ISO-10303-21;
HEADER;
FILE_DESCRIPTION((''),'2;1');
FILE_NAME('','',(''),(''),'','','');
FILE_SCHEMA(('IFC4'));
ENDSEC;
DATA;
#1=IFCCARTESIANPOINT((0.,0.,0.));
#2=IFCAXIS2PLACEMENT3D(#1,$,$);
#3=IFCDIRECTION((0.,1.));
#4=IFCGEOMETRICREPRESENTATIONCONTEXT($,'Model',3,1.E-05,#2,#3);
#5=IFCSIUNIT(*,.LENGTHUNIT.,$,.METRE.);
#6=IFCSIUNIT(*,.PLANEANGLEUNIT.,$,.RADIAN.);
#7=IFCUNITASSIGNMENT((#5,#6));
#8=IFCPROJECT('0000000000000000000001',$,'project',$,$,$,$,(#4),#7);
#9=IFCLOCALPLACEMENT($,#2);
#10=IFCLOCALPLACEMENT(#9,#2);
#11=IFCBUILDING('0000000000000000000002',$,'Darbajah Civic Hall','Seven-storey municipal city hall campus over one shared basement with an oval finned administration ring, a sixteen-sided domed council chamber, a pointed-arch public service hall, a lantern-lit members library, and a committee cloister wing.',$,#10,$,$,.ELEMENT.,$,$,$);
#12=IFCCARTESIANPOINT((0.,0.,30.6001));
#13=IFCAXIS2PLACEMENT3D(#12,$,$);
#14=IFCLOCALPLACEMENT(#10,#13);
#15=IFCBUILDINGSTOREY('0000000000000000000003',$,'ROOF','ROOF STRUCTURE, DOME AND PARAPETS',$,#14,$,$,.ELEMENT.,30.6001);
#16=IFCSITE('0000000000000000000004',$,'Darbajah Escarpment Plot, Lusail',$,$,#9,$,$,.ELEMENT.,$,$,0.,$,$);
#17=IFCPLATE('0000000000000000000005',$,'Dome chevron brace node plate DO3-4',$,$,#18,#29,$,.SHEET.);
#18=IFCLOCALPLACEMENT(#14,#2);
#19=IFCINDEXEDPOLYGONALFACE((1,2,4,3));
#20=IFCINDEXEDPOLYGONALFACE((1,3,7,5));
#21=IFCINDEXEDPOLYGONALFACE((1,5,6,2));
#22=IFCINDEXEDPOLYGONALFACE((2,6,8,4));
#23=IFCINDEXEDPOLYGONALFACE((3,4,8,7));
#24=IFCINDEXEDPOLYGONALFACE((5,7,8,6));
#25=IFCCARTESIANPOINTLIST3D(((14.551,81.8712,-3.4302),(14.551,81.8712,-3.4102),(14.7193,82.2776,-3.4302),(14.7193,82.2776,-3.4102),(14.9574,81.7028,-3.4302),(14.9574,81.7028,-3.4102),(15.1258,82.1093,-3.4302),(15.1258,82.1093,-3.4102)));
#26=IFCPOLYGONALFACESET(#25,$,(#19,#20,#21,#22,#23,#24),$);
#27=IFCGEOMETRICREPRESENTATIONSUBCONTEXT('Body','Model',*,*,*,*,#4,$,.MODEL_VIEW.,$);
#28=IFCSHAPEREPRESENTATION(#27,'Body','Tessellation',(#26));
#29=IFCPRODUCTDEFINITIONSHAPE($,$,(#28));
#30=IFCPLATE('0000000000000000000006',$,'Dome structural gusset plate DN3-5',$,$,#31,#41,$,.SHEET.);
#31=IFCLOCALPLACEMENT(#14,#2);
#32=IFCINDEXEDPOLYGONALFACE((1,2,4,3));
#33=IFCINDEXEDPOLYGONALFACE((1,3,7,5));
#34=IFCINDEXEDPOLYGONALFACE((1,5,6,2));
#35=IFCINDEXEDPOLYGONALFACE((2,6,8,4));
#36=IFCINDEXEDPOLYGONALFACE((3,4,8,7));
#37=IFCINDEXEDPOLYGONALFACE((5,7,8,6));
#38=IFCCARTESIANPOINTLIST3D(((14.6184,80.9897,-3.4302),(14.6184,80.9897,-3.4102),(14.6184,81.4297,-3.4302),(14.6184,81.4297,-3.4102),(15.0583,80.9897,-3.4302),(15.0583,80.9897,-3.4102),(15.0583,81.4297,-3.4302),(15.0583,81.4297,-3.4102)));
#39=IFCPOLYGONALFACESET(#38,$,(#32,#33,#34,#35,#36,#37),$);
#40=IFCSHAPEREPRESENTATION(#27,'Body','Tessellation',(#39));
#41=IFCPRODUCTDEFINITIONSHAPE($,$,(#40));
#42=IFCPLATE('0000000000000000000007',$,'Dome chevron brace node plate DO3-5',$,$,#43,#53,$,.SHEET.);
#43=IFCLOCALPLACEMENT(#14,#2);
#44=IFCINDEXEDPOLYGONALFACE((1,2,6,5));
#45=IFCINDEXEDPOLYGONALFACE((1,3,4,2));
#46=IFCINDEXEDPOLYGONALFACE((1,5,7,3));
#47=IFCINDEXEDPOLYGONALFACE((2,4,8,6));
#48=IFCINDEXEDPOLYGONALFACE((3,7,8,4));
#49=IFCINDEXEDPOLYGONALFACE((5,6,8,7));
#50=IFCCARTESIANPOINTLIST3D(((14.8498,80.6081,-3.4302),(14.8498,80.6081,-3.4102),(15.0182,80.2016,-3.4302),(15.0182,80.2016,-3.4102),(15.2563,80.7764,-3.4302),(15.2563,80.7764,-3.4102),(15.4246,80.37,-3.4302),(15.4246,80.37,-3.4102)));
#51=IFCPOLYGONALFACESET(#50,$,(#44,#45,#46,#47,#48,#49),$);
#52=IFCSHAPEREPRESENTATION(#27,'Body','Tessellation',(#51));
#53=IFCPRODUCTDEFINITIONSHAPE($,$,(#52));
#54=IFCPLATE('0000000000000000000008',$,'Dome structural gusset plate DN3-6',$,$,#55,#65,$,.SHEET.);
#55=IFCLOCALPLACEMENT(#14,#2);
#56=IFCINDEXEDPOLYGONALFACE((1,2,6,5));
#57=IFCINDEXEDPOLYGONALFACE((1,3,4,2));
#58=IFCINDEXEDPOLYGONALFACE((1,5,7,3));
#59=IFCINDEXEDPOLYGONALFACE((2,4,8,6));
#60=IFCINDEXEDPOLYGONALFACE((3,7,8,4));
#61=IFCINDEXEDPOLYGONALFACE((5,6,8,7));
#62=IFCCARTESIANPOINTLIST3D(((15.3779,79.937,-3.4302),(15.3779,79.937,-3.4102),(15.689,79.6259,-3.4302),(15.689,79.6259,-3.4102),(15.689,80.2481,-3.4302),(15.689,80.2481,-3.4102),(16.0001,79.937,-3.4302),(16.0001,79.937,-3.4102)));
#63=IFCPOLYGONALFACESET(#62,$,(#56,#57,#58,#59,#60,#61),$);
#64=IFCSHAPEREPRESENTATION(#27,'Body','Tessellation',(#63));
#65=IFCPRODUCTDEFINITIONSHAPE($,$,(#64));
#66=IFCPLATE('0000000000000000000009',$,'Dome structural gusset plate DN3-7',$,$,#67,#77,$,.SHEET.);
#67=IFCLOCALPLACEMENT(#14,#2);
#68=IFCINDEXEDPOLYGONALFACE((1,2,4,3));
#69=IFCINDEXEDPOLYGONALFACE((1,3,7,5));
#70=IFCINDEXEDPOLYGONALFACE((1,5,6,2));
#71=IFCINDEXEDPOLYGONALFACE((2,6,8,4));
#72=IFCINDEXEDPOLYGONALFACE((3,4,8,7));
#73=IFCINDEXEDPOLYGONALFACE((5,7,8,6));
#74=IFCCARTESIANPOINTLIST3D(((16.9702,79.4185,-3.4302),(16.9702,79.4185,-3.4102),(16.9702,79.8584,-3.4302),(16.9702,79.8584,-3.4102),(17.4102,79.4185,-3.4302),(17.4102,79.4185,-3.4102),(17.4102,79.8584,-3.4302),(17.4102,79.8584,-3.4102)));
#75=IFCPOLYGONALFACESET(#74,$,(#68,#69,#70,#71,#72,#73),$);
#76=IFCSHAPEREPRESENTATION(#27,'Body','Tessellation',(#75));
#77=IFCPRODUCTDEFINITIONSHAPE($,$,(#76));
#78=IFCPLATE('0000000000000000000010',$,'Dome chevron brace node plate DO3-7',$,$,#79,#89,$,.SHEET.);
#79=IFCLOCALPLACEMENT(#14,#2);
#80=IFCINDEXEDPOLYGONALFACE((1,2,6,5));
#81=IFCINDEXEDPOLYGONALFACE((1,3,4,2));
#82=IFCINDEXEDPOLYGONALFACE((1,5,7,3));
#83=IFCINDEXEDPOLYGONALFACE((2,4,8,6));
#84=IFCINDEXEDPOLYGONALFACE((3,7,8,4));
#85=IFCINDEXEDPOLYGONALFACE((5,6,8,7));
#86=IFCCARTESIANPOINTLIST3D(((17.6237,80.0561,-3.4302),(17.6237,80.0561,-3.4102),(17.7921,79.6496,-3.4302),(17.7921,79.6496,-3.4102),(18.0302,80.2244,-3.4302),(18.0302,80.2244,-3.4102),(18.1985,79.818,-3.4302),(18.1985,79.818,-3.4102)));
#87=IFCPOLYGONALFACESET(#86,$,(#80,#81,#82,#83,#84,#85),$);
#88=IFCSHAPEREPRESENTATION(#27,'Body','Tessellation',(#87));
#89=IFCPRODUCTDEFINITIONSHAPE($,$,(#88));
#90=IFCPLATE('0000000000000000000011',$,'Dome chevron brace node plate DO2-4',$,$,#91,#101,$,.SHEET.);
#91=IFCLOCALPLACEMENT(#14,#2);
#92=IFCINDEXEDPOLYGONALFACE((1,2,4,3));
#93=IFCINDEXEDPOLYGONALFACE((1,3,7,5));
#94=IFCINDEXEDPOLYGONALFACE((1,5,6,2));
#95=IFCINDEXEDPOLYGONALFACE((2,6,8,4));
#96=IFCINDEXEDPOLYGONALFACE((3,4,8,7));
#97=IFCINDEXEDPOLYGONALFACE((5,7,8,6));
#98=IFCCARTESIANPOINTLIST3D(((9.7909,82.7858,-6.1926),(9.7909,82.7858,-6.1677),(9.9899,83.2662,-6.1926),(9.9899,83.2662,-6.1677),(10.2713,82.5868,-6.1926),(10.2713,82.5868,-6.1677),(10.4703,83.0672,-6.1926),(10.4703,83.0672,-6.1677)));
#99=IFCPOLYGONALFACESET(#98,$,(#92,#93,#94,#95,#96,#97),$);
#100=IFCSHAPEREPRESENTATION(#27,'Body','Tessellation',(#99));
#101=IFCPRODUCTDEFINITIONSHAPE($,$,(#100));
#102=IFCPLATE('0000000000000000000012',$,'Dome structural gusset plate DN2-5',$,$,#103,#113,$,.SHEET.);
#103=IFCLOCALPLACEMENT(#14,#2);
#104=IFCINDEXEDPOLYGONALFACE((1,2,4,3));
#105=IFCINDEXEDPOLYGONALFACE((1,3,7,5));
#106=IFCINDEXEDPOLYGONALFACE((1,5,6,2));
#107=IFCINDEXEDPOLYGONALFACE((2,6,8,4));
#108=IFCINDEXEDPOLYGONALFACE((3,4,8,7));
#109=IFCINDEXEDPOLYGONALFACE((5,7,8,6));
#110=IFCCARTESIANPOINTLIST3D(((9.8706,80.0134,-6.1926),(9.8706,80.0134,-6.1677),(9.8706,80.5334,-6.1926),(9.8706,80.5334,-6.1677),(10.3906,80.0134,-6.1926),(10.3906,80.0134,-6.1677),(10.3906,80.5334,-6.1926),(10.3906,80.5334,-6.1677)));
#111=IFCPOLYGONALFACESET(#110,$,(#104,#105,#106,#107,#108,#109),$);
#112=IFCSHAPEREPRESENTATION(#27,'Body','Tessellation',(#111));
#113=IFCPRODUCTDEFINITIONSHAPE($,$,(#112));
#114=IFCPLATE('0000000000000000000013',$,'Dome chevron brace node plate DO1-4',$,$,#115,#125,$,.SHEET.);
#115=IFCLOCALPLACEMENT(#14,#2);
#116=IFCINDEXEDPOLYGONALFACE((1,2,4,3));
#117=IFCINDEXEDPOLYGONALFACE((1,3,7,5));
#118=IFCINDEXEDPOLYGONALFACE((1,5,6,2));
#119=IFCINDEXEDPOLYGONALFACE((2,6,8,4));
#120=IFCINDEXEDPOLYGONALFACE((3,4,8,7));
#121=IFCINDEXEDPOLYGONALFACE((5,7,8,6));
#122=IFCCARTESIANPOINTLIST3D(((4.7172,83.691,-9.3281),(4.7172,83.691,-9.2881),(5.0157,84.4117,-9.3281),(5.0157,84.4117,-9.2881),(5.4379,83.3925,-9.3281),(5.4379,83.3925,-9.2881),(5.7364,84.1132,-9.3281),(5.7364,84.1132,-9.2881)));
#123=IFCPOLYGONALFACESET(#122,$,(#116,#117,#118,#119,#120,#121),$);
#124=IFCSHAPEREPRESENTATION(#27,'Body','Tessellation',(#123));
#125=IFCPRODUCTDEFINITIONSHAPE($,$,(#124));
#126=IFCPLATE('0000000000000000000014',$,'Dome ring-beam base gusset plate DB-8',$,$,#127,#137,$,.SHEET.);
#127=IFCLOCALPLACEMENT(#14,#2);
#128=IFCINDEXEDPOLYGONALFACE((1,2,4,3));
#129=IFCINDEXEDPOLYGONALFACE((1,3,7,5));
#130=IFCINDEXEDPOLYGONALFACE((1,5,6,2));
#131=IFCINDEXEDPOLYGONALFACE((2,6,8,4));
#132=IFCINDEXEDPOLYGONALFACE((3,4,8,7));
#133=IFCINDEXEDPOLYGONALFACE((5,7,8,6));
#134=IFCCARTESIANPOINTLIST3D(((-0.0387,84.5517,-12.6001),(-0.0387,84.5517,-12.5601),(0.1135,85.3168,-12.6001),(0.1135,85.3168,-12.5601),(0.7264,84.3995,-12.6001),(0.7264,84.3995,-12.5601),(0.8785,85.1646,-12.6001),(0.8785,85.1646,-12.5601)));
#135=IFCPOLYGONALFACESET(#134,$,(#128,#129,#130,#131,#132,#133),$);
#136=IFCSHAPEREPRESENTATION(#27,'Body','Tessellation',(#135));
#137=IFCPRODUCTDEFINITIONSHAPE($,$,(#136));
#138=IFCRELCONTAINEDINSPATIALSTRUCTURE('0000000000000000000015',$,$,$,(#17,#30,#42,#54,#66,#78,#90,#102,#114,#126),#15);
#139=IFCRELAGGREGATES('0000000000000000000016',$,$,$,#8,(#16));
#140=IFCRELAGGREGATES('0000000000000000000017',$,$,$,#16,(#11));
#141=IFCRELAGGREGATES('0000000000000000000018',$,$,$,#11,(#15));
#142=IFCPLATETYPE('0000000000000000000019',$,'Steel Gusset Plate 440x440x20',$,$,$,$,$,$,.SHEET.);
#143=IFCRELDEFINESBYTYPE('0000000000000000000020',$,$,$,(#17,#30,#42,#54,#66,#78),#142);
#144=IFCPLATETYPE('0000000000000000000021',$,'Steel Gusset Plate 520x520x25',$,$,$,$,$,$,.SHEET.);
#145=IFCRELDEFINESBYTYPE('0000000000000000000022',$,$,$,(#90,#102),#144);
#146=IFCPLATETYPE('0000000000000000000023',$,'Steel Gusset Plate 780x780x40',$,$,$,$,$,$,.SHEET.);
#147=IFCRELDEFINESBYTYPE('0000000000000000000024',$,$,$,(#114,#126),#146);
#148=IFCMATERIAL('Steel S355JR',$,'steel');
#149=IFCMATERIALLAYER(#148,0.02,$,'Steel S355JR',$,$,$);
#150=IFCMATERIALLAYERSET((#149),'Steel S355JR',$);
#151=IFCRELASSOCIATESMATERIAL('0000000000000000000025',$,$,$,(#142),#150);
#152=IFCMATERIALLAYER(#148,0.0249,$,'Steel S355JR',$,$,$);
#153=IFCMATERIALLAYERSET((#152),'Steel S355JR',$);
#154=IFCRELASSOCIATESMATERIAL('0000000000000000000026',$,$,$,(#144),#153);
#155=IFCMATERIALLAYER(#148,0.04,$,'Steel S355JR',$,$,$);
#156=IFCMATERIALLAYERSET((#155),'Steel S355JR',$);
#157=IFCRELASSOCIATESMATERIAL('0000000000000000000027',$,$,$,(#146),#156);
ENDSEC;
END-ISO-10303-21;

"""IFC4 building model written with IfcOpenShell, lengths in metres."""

from ifc_helpers import new_model, si_unit, direction, frame, origin, origin_2d, place, context, subcontext, project, spatial, rectangle, extrude, material, layer, layer_set, type_object, element, save


model = new_model("IFC4")

# Units and contexts
model_context = context("Model", 3, precision=1e-05, world=origin(), true_north=direction((0.0, 1.0)))
body_context = subcontext(model_context, "Body", "Model", "MODEL_VIEW")
ifc_project = project(units=[si_unit("LENGTHUNIT", "METRE"), si_unit("PLANEANGLEUNIT", "RADIAN")], contexts=[model_context])

# Site, building, storey
site_placement = place(None, origin())
site = spatial("IfcSite", under=ifc_project, at=site_placement, Name="Darbajah Escarpment Plot, Lusail", CompositionType="ELEMENT", RefElevation=0.0)
building_placement = place(site_placement, origin())
building = spatial("IfcBuilding", under=site, at=building_placement, Name="Darbajah Civic Hall", Description="Seven-storey municipal city hall campus over one shared basement with an oval finned administration ring, a sixteen-sided domed council chamber, a pointed-arch public service hall, a lantern-lit members library, and a committee cloister wing.", CompositionType="ELEMENT")
storey_placement = place(building_placement, frame((0.0, 0.0, 30.6001)))
storey = spatial("IfcBuildingStorey", under=building, at=storey_placement, Name="ROOF", Description="ROOF STRUCTURE, DOME AND PARAPETS", CompositionType="ELEMENT", Elevation=30.6001)

# Shared definitions
ifc_material = material(Name="Steel S355JR", Category="steel")

# Plates
ifc_layer_1 = layer(ifc_material, 0.02, Name="Steel S355JR")
ifc_layer_set_1 = layer_set([ifc_layer_1], Name="Steel S355JR")
plate_type_1 = type_object("IfcPlateType", Name="Steel Gusset Plate 440x440x20", PredefinedType="SHEET", material=ifc_layer_set_1)
for number, where, z_axis, x_axis, name in (
    (1, (14.8384, 81.9902, -3.4302), (0.0, 0.0, 1.0), (-0.92388, 0.382683, 0.0), "Dome chevron brace node plate DO3-4"),
    (2, (14.8384, 81.2097, -3.4302), (0.0, 0.0, 1.0), (-1.0, 0.0, 0.0), "Dome structural gusset plate DN3-5"),
    (3, (15.1372, 80.489, -3.4302), (0.0, 0.0, 1.0), (-0.92388, -0.382683, 0.0), "Dome chevron brace node plate DO3-5"),
    (4, (15.689, 79.937, -3.4302), (0.0, 0.0, 1.0), (-0.707107, -0.707107, 0.0), "Dome structural gusset plate DN3-6"),
    (5, (17.1902, 79.6384, -3.4302), (0.0, 0.0, 1.0), (0.0, -1.0, 0.0), "Dome structural gusset plate DN3-7"),
    (6, (17.9111, 79.937, -3.4302), (0.0, 0.0, 1.0), (0.382683, -0.92388, 0.0), "Dome chevron brace node plate DO3-7"),
):
    element("IfcPlate", number, at=place(storey_placement, frame(where, z_axis=z_axis, x_axis=x_axis)), inside=storey, type_object=plate_type_1, Name=name, PredefinedType="SHEET", context=body_context, shape_type="SweptSolid", body=[
        extrude(rectangle(XDim=0.4399, YDim=0.4399, at=origin_2d()), origin(), (0.0, 0.0, 1.0), 0.02),
    ])
ifc_layer_2 = layer(ifc_material, 0.0249, Name="Steel S355JR")
ifc_layer_set_2 = layer_set([ifc_layer_2], Name="Steel S355JR")
plate_type_2 = type_object("IfcPlateType", Name="Steel Gusset Plate 520x520x25", PredefinedType="SHEET", material=ifc_layer_set_2)
for number, where, z_axis, x_axis, name in (
    (7, (10.1306, 82.9265, -6.1926), (0.0, 0.0, 1.0), (-0.92388, 0.382683, 0.0), "Dome chevron brace node plate DO2-4"),
    (8, (10.1306, 80.2734, -6.1926), (0.0, 0.0, 1.0), (-1.0, 0.0, 0.0), "Dome structural gusset plate DN2-5"),
):
    element("IfcPlate", number, at=place(storey_placement, frame(where, z_axis=z_axis, x_axis=x_axis)), inside=storey, type_object=plate_type_2, Name=name, PredefinedType="SHEET", context=body_context, shape_type="SweptSolid", body=[
        extrude(rectangle(XDim=0.52, YDim=0.52, at=origin_2d()), origin(), (0.0, 0.0, 1.0), 0.0249),
    ])
ifc_layer_3 = layer(ifc_material, 0.04, Name="Steel S355JR")
ifc_layer_set_3 = layer_set([ifc_layer_3], Name="Steel S355JR")
plate_type_3 = type_object("IfcPlateType", Name="Steel Gusset Plate 780x780x40", PredefinedType="SHEET", material=ifc_layer_set_3)
for number, where, z_axis, x_axis, name in (
    (9, (5.2268, 83.9021, -9.3281), (0.0, 0.0, 1.0), (-0.92388, 0.382683, 0.0), "Dome chevron brace node plate DO1-4"),
    (10, (0.4199, 84.8582, -12.6001), (0.0, 0.0, 1.0), (-0.980785, 0.19509, 0.0), "Dome ring-beam base gusset plate DB-8"),
):
    element("IfcPlate", number, at=place(storey_placement, frame(where, z_axis=z_axis, x_axis=x_axis)), inside=storey, type_object=plate_type_3, Name=name, PredefinedType="SHEET", context=body_context, shape_type="SweptSolid", body=[
        extrude(rectangle(XDim=0.78, YDim=0.78, at=origin_2d()), origin(), (0.0, 0.0, 1.0), 0.04),
    ])

save(model, "model.ifc")
